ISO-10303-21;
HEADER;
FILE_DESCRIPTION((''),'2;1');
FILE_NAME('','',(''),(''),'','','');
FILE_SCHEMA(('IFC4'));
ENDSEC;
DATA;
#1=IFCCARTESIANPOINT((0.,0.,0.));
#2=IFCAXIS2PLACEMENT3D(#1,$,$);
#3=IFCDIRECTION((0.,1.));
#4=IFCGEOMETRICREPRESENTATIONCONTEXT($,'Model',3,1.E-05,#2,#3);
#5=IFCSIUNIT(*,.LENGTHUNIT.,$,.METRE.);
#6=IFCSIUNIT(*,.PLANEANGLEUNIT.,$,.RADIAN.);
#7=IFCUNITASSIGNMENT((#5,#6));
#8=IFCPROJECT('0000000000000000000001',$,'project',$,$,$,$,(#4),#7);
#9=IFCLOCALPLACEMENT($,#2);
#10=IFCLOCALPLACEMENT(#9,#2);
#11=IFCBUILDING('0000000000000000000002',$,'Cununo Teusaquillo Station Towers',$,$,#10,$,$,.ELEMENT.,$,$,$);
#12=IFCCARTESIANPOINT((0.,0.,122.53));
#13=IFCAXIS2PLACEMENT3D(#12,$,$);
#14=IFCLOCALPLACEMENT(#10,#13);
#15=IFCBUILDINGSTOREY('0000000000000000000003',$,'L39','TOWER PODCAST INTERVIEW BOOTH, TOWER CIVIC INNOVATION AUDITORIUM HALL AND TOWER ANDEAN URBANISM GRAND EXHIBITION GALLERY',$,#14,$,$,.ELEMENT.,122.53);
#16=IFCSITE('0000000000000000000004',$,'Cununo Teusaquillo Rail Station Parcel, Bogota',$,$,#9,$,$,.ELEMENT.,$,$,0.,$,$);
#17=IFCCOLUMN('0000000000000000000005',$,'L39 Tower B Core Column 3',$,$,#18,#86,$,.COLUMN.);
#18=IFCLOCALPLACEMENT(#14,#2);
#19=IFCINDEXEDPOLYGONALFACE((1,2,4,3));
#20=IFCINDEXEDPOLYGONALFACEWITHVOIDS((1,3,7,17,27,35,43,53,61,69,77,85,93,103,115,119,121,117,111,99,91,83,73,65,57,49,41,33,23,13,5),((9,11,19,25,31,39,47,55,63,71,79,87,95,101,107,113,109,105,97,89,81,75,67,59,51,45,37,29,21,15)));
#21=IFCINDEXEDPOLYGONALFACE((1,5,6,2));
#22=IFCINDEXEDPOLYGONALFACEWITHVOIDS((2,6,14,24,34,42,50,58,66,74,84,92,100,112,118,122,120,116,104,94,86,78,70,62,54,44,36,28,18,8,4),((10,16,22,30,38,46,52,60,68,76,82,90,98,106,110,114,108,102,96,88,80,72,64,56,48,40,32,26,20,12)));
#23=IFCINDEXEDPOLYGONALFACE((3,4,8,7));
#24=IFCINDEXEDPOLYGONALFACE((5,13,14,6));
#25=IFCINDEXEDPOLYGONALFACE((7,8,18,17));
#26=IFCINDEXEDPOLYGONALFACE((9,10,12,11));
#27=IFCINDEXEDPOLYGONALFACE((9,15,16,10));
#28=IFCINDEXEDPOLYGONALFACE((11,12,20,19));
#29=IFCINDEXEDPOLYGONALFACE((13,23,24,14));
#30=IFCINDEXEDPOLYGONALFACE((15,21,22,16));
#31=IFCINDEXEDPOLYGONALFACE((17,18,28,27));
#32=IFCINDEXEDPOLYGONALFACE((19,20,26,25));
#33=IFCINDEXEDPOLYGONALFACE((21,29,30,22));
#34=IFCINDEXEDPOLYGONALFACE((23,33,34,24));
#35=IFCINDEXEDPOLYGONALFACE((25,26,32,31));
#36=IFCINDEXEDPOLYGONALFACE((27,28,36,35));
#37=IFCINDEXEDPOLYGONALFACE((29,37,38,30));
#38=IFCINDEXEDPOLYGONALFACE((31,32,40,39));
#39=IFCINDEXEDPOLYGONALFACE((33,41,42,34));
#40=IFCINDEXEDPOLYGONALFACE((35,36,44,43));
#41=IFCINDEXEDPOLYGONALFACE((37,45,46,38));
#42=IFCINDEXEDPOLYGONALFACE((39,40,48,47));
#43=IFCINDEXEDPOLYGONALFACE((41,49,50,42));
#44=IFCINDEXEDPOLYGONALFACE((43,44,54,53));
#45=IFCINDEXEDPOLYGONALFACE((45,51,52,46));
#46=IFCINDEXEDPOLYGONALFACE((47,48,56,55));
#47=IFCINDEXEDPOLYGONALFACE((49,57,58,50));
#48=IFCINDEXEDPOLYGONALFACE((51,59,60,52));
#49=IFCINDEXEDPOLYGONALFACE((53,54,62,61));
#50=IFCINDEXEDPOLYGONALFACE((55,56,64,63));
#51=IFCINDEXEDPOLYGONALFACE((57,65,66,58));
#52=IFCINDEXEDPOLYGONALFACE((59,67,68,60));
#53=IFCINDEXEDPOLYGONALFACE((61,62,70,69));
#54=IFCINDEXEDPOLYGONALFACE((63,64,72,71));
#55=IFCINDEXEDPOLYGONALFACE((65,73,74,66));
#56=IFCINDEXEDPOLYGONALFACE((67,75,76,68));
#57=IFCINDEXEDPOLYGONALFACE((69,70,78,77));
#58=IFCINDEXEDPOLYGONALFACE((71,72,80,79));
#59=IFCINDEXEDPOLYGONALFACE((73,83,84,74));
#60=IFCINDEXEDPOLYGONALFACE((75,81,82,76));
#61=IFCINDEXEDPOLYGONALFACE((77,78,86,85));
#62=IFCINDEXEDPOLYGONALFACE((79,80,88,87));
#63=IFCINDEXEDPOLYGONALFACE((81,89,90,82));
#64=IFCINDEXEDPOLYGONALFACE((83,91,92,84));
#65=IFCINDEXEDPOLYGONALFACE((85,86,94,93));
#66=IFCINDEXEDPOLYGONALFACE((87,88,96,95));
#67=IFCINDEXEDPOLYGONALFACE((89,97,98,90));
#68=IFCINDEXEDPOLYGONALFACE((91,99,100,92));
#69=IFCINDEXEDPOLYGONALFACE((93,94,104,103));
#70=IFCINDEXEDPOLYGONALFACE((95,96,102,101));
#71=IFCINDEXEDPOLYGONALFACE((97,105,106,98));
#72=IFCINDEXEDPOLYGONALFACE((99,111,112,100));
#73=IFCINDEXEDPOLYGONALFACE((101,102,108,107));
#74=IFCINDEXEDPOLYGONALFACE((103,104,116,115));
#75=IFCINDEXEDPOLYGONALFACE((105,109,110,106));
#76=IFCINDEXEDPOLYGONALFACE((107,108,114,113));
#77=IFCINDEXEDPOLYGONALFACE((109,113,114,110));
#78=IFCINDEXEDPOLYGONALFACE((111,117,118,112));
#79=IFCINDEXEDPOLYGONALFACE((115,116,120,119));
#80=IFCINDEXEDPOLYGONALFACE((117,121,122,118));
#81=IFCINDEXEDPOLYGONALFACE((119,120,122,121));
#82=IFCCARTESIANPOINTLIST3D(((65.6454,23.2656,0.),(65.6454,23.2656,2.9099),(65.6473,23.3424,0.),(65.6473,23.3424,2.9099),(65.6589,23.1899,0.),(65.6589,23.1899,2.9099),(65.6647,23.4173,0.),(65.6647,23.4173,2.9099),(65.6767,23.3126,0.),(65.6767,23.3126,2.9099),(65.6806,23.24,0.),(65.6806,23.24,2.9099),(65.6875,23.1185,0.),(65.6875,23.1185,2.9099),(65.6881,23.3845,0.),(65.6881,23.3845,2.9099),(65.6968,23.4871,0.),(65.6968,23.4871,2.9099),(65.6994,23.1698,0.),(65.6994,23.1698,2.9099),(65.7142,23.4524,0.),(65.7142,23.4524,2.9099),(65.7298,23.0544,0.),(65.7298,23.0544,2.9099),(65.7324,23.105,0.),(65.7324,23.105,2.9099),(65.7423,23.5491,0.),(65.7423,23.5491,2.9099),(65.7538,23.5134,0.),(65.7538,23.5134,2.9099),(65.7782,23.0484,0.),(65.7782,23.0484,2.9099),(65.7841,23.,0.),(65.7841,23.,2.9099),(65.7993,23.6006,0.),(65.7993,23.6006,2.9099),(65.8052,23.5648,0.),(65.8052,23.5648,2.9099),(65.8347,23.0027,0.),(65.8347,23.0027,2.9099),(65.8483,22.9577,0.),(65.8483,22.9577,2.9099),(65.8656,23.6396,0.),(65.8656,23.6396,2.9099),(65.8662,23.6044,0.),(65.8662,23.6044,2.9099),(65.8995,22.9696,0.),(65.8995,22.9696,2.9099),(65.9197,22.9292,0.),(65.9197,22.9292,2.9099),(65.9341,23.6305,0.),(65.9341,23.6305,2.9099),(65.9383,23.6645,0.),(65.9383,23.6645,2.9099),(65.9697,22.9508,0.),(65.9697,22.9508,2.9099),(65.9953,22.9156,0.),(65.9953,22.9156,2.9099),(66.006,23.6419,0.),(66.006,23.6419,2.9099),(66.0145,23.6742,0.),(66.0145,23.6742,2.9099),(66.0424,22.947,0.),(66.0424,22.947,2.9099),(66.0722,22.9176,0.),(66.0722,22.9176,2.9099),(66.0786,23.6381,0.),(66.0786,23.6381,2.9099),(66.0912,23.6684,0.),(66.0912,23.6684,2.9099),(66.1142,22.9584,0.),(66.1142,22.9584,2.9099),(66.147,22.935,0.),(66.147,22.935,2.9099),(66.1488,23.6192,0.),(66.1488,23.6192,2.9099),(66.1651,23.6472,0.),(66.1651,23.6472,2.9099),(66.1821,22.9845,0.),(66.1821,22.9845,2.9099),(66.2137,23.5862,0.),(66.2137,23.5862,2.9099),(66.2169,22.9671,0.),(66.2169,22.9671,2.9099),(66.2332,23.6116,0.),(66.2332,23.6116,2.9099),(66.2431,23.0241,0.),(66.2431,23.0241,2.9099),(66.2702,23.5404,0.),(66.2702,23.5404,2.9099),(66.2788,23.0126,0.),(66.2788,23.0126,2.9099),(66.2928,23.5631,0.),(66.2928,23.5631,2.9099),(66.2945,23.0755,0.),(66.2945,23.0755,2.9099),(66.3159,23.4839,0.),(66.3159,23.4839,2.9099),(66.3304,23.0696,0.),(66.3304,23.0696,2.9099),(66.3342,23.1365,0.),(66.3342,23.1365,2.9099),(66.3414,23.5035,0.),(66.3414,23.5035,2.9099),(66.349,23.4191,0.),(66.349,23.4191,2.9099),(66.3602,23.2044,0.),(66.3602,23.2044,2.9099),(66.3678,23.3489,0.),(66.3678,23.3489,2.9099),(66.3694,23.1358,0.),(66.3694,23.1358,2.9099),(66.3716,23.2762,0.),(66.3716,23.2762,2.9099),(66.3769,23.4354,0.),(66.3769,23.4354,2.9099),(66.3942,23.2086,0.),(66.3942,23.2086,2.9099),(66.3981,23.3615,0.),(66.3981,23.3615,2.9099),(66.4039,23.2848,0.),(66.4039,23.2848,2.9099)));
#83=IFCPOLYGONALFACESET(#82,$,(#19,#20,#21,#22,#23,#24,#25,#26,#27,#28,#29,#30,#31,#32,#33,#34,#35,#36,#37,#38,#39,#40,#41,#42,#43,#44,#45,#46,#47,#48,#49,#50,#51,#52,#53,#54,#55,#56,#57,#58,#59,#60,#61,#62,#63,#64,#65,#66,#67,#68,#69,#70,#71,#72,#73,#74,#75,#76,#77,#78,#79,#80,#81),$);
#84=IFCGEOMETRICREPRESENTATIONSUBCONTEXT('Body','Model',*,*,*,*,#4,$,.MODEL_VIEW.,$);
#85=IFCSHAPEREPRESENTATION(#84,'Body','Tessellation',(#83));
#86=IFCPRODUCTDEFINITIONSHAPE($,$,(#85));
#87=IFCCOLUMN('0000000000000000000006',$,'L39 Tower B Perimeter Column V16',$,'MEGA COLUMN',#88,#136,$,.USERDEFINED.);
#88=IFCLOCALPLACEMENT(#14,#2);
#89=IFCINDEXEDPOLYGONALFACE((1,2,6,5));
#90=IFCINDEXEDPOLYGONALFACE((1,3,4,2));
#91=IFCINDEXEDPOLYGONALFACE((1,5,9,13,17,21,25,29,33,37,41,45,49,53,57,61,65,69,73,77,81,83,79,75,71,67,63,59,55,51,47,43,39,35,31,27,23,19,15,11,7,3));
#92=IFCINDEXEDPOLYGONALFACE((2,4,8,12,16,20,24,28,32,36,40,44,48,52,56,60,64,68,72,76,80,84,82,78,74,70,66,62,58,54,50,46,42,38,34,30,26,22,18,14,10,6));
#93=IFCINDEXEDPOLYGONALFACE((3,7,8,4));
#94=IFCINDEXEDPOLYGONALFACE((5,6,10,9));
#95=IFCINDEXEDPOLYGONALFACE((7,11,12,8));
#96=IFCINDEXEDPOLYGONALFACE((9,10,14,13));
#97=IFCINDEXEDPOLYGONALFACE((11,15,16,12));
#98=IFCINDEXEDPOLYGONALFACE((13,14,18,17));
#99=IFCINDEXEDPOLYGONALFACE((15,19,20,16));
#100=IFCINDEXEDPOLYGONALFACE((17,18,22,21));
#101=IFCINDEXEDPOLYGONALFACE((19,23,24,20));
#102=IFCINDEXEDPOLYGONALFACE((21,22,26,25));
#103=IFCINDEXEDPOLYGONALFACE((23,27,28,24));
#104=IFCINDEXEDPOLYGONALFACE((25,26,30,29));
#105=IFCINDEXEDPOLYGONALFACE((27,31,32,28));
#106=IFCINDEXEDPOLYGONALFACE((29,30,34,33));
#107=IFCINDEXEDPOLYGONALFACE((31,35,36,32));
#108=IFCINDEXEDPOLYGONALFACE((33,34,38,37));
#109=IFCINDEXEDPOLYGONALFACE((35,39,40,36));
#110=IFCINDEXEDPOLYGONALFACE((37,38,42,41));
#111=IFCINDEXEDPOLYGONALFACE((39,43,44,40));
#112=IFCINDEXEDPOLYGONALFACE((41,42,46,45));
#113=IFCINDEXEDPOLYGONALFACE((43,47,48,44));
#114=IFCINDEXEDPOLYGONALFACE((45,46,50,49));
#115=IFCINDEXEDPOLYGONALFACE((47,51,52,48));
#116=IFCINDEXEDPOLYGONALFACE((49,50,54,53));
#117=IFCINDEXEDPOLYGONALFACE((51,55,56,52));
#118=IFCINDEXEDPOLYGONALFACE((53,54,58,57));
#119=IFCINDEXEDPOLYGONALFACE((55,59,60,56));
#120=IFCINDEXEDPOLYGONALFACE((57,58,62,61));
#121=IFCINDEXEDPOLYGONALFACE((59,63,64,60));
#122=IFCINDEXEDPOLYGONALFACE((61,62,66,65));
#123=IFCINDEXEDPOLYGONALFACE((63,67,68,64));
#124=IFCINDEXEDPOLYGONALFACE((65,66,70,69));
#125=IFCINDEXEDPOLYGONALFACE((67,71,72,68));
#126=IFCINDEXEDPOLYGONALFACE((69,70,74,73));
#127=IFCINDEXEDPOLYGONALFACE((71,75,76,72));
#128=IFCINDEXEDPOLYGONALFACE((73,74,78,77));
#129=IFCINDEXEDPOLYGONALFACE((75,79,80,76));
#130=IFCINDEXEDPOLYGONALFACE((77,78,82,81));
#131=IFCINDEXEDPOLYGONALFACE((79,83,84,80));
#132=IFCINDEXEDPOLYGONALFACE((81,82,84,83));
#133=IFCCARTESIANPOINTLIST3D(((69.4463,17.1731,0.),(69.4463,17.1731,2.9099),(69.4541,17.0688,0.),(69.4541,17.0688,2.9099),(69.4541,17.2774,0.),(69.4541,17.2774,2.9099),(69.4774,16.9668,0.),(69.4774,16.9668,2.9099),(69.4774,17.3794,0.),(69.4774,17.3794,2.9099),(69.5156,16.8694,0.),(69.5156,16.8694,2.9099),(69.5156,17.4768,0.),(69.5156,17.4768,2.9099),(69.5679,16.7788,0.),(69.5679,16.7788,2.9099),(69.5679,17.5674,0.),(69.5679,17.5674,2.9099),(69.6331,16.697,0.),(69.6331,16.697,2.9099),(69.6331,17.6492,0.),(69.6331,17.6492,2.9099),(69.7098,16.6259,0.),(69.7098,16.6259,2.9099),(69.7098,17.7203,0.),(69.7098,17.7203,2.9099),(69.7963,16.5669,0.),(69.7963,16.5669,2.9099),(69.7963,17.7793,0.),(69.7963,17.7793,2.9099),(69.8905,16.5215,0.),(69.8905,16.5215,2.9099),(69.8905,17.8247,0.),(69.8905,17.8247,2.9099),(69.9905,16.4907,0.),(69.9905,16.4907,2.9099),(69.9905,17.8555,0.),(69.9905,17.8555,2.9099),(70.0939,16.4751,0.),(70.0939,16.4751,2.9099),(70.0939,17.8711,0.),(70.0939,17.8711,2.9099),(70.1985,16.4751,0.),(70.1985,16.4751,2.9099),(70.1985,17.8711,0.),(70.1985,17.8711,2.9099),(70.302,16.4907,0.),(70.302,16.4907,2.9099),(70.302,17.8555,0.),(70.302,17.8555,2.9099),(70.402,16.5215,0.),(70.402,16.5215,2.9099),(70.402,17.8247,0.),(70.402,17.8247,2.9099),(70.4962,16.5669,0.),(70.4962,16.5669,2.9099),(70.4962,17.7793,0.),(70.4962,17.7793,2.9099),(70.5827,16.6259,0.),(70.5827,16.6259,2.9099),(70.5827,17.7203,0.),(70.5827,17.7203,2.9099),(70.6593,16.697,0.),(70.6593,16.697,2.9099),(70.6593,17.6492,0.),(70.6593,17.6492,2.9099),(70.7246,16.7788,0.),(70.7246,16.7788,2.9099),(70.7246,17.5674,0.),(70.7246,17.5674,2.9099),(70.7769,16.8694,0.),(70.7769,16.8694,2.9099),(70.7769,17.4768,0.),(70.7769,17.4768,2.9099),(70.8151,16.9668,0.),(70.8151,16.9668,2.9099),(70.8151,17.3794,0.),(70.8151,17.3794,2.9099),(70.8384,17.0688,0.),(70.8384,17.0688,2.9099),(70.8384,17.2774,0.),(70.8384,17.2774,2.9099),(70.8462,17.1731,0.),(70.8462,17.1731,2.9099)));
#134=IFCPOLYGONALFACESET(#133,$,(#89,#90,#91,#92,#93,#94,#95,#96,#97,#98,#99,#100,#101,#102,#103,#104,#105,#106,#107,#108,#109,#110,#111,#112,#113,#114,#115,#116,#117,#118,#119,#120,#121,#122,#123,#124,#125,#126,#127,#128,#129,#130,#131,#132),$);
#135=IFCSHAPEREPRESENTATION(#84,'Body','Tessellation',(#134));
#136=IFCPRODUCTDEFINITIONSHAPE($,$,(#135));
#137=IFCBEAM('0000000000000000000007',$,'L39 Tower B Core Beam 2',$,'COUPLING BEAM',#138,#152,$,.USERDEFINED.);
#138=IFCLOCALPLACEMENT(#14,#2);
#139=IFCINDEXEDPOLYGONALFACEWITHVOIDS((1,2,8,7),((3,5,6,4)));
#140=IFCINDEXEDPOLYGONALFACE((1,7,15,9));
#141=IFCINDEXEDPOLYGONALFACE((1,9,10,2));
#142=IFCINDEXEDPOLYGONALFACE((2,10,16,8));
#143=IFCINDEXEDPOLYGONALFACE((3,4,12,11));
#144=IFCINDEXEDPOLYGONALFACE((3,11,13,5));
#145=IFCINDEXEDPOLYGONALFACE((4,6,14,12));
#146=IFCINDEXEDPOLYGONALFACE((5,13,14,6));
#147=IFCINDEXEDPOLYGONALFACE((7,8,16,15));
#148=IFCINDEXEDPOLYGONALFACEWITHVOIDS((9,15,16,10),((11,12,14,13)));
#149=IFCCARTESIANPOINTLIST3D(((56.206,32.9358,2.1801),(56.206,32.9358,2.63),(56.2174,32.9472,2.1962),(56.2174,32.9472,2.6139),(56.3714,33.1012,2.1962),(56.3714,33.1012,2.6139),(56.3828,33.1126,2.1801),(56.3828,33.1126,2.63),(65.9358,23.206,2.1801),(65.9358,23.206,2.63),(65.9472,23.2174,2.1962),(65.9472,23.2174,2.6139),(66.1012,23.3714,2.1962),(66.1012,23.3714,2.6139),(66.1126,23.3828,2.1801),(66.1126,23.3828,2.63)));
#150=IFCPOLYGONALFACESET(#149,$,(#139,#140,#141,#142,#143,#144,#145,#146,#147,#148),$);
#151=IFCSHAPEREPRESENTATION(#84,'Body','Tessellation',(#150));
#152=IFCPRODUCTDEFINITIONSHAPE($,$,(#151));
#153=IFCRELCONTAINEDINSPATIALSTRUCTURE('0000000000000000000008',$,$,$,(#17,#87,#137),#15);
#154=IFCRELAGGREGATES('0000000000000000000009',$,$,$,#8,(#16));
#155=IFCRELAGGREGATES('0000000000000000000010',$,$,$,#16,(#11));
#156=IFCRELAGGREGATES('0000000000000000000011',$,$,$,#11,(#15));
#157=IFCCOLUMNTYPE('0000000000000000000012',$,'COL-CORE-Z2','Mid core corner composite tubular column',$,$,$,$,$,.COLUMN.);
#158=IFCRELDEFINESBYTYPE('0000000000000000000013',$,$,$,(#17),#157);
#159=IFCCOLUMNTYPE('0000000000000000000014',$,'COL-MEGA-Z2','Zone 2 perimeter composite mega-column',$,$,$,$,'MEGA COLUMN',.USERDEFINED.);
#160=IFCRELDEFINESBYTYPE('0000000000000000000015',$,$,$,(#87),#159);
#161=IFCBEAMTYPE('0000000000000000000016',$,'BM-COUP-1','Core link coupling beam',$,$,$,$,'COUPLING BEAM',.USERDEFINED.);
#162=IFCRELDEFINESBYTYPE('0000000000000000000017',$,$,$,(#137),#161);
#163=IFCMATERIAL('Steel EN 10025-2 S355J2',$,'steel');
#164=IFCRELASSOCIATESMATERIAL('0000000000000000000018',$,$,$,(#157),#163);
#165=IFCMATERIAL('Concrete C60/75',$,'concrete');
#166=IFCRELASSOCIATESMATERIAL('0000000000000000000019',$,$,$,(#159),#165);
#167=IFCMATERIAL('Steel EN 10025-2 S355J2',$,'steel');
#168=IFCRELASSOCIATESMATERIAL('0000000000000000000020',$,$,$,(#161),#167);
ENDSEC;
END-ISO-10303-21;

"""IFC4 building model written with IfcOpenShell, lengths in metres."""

from ifc_helpers import new_model, si_unit, direction, frame, origin, origin_2d, place, context, subcontext, project, spatial, hollow_rectangle, circle, hollow_circle, extrude, material, material_profile, profile_set, type_object, element, save


model = new_model("IFC4")

# Units and contexts
model_context = context("Model", 3, precision=1e-05, world=origin(), true_north=direction((0.0, 1.0)))
body_context = subcontext(model_context, "Body", "Model", "MODEL_VIEW")
ifc_project = project(units=[si_unit("LENGTHUNIT", "METRE"), si_unit("PLANEANGLEUNIT", "RADIAN")], contexts=[model_context])

# Site, building, storey
site_placement = place(None, origin())
site = spatial("IfcSite", under=ifc_project, at=site_placement, Name="Cununo Teusaquillo Rail Station Parcel, Bogota", CompositionType="ELEMENT", RefElevation=0.0)
building_placement = place(site_placement, origin())
building = spatial("IfcBuilding", under=site, at=building_placement, Name="Cununo Teusaquillo Station Towers", CompositionType="ELEMENT")
storey_placement = place(building_placement, frame((0.0, 0.0, 122.53)))
storey = spatial("IfcBuildingStorey", under=building, at=storey_placement, Name="L39", Description="TOWER PODCAST INTERVIEW BOOTH, TOWER CIVIC INNOVATION AUDITORIUM HALL AND TOWER ANDEAN URBANISM GRAND EXHIBITION GALLERY", CompositionType="ELEMENT", Elevation=122.53)

# Columns
ifc_material_1 = material(Name="Steel EN 10025-2 S355J2", Category="steel")
ifc_material_profile_1 = material_profile(ifc_material_1, hollow_circle(Radius=0.3799, WallThickness=0.032, at=origin_2d()), Name="CHS 760x32")
ifc_profile_set_1 = profile_set([ifc_material_profile_1], Name="Steel EN 10025-2 S355J2")
column_type_1 = type_object("IfcColumnType", Name="COL-CORE-Z2", Description="Mid core corner composite tubular column", PredefinedType="COLUMN", material=ifc_profile_set_1)
column_1_placement = place(storey_placement, frame((66.0242, 23.2944, 0.0), z_axis=(0.0, 0.0, 1.0), x_axis=(0.707107, 0.707107, 0.0)))
element("IfcColumn", 1, at=column_1_placement, inside=storey, type_object=column_type_1, Name="L39 Tower B Core Column 3", PredefinedType="COLUMN", context=body_context, shape_type="SweptSolid", body=[
    extrude(hollow_circle(Radius=0.3799, WallThickness=0.032, at=origin_2d()), origin(), (0.0, 0.0, 1.0), 2.9099),
])
ifc_material_2 = material(Name="Concrete C60/75", Category="concrete")
ifc_material_profile_2 = material_profile(ifc_material_2, circle(Radius=0.7, at=origin_2d()), Name="RC-CIRC-1400")
ifc_profile_set_2 = profile_set([ifc_material_profile_2], Name="Concrete C60/75")
column_type_2 = type_object("IfcColumnType", Name="COL-MEGA-Z2", Description="Zone 2 perimeter composite mega-column", ElementType="MEGA COLUMN", PredefinedType="USERDEFINED", material=ifc_profile_set_2)
column_2_placement = place(storey_placement, frame((70.1462, 17.1731, 0.0), z_axis=(0.0, 0.0, 1.0), x_axis=(1.0, 0.0, 0.0)))
element("IfcColumn", 2, at=column_2_placement, inside=storey, type_object=column_type_2, Name="L39 Tower B Perimeter Column V16", ObjectType="MEGA COLUMN", PredefinedType="USERDEFINED", context=body_context, shape_type="SweptSolid", body=[
    extrude(circle(Radius=0.7, at=origin_2d()), origin(), (0.0, 0.0, 1.0), 2.9099),
])

# Beam
ifc_material_3 = material(Name="Steel EN 10025-2 S355J2", Category="steel")
ifc_material_profile_3 = material_profile(ifc_material_3, hollow_rectangle(XDim=0.25, YDim=0.45, WallThickness=0.0161, at=origin_2d()), Name="RHS 450x250x16")
ifc_profile_set_3 = profile_set([ifc_material_profile_3], Name="Steel EN 10025-2 S355J2")
beam_type_1 = type_object("IfcBeamType", Name="BM-COUP-1", Description="Core link coupling beam", ElementType="COUPLING BEAM", PredefinedType="USERDEFINED", material=ifc_profile_set_3)
beam_1_placement = place(storey_placement, frame((66.0242, 23.2944, 2.405), z_axis=(-0.707107, 0.707107, 0.0), x_axis=(-0.707107, -0.707107, 0.0)))
element("IfcBeam", 3, at=beam_1_placement, inside=storey, type_object=beam_type_1, Name="L39 Tower B Core Beam 2", ObjectType="COUPLING BEAM", PredefinedType="USERDEFINED", context=body_context, shape_type="SweptSolid", body=[
    extrude(hollow_rectangle(XDim=0.25, YDim=0.45, WallThickness=0.0161, at=origin_2d()), origin(), (0.0, 0.0, 1.0), 13.76),
])

save(model, "model.ifc")
